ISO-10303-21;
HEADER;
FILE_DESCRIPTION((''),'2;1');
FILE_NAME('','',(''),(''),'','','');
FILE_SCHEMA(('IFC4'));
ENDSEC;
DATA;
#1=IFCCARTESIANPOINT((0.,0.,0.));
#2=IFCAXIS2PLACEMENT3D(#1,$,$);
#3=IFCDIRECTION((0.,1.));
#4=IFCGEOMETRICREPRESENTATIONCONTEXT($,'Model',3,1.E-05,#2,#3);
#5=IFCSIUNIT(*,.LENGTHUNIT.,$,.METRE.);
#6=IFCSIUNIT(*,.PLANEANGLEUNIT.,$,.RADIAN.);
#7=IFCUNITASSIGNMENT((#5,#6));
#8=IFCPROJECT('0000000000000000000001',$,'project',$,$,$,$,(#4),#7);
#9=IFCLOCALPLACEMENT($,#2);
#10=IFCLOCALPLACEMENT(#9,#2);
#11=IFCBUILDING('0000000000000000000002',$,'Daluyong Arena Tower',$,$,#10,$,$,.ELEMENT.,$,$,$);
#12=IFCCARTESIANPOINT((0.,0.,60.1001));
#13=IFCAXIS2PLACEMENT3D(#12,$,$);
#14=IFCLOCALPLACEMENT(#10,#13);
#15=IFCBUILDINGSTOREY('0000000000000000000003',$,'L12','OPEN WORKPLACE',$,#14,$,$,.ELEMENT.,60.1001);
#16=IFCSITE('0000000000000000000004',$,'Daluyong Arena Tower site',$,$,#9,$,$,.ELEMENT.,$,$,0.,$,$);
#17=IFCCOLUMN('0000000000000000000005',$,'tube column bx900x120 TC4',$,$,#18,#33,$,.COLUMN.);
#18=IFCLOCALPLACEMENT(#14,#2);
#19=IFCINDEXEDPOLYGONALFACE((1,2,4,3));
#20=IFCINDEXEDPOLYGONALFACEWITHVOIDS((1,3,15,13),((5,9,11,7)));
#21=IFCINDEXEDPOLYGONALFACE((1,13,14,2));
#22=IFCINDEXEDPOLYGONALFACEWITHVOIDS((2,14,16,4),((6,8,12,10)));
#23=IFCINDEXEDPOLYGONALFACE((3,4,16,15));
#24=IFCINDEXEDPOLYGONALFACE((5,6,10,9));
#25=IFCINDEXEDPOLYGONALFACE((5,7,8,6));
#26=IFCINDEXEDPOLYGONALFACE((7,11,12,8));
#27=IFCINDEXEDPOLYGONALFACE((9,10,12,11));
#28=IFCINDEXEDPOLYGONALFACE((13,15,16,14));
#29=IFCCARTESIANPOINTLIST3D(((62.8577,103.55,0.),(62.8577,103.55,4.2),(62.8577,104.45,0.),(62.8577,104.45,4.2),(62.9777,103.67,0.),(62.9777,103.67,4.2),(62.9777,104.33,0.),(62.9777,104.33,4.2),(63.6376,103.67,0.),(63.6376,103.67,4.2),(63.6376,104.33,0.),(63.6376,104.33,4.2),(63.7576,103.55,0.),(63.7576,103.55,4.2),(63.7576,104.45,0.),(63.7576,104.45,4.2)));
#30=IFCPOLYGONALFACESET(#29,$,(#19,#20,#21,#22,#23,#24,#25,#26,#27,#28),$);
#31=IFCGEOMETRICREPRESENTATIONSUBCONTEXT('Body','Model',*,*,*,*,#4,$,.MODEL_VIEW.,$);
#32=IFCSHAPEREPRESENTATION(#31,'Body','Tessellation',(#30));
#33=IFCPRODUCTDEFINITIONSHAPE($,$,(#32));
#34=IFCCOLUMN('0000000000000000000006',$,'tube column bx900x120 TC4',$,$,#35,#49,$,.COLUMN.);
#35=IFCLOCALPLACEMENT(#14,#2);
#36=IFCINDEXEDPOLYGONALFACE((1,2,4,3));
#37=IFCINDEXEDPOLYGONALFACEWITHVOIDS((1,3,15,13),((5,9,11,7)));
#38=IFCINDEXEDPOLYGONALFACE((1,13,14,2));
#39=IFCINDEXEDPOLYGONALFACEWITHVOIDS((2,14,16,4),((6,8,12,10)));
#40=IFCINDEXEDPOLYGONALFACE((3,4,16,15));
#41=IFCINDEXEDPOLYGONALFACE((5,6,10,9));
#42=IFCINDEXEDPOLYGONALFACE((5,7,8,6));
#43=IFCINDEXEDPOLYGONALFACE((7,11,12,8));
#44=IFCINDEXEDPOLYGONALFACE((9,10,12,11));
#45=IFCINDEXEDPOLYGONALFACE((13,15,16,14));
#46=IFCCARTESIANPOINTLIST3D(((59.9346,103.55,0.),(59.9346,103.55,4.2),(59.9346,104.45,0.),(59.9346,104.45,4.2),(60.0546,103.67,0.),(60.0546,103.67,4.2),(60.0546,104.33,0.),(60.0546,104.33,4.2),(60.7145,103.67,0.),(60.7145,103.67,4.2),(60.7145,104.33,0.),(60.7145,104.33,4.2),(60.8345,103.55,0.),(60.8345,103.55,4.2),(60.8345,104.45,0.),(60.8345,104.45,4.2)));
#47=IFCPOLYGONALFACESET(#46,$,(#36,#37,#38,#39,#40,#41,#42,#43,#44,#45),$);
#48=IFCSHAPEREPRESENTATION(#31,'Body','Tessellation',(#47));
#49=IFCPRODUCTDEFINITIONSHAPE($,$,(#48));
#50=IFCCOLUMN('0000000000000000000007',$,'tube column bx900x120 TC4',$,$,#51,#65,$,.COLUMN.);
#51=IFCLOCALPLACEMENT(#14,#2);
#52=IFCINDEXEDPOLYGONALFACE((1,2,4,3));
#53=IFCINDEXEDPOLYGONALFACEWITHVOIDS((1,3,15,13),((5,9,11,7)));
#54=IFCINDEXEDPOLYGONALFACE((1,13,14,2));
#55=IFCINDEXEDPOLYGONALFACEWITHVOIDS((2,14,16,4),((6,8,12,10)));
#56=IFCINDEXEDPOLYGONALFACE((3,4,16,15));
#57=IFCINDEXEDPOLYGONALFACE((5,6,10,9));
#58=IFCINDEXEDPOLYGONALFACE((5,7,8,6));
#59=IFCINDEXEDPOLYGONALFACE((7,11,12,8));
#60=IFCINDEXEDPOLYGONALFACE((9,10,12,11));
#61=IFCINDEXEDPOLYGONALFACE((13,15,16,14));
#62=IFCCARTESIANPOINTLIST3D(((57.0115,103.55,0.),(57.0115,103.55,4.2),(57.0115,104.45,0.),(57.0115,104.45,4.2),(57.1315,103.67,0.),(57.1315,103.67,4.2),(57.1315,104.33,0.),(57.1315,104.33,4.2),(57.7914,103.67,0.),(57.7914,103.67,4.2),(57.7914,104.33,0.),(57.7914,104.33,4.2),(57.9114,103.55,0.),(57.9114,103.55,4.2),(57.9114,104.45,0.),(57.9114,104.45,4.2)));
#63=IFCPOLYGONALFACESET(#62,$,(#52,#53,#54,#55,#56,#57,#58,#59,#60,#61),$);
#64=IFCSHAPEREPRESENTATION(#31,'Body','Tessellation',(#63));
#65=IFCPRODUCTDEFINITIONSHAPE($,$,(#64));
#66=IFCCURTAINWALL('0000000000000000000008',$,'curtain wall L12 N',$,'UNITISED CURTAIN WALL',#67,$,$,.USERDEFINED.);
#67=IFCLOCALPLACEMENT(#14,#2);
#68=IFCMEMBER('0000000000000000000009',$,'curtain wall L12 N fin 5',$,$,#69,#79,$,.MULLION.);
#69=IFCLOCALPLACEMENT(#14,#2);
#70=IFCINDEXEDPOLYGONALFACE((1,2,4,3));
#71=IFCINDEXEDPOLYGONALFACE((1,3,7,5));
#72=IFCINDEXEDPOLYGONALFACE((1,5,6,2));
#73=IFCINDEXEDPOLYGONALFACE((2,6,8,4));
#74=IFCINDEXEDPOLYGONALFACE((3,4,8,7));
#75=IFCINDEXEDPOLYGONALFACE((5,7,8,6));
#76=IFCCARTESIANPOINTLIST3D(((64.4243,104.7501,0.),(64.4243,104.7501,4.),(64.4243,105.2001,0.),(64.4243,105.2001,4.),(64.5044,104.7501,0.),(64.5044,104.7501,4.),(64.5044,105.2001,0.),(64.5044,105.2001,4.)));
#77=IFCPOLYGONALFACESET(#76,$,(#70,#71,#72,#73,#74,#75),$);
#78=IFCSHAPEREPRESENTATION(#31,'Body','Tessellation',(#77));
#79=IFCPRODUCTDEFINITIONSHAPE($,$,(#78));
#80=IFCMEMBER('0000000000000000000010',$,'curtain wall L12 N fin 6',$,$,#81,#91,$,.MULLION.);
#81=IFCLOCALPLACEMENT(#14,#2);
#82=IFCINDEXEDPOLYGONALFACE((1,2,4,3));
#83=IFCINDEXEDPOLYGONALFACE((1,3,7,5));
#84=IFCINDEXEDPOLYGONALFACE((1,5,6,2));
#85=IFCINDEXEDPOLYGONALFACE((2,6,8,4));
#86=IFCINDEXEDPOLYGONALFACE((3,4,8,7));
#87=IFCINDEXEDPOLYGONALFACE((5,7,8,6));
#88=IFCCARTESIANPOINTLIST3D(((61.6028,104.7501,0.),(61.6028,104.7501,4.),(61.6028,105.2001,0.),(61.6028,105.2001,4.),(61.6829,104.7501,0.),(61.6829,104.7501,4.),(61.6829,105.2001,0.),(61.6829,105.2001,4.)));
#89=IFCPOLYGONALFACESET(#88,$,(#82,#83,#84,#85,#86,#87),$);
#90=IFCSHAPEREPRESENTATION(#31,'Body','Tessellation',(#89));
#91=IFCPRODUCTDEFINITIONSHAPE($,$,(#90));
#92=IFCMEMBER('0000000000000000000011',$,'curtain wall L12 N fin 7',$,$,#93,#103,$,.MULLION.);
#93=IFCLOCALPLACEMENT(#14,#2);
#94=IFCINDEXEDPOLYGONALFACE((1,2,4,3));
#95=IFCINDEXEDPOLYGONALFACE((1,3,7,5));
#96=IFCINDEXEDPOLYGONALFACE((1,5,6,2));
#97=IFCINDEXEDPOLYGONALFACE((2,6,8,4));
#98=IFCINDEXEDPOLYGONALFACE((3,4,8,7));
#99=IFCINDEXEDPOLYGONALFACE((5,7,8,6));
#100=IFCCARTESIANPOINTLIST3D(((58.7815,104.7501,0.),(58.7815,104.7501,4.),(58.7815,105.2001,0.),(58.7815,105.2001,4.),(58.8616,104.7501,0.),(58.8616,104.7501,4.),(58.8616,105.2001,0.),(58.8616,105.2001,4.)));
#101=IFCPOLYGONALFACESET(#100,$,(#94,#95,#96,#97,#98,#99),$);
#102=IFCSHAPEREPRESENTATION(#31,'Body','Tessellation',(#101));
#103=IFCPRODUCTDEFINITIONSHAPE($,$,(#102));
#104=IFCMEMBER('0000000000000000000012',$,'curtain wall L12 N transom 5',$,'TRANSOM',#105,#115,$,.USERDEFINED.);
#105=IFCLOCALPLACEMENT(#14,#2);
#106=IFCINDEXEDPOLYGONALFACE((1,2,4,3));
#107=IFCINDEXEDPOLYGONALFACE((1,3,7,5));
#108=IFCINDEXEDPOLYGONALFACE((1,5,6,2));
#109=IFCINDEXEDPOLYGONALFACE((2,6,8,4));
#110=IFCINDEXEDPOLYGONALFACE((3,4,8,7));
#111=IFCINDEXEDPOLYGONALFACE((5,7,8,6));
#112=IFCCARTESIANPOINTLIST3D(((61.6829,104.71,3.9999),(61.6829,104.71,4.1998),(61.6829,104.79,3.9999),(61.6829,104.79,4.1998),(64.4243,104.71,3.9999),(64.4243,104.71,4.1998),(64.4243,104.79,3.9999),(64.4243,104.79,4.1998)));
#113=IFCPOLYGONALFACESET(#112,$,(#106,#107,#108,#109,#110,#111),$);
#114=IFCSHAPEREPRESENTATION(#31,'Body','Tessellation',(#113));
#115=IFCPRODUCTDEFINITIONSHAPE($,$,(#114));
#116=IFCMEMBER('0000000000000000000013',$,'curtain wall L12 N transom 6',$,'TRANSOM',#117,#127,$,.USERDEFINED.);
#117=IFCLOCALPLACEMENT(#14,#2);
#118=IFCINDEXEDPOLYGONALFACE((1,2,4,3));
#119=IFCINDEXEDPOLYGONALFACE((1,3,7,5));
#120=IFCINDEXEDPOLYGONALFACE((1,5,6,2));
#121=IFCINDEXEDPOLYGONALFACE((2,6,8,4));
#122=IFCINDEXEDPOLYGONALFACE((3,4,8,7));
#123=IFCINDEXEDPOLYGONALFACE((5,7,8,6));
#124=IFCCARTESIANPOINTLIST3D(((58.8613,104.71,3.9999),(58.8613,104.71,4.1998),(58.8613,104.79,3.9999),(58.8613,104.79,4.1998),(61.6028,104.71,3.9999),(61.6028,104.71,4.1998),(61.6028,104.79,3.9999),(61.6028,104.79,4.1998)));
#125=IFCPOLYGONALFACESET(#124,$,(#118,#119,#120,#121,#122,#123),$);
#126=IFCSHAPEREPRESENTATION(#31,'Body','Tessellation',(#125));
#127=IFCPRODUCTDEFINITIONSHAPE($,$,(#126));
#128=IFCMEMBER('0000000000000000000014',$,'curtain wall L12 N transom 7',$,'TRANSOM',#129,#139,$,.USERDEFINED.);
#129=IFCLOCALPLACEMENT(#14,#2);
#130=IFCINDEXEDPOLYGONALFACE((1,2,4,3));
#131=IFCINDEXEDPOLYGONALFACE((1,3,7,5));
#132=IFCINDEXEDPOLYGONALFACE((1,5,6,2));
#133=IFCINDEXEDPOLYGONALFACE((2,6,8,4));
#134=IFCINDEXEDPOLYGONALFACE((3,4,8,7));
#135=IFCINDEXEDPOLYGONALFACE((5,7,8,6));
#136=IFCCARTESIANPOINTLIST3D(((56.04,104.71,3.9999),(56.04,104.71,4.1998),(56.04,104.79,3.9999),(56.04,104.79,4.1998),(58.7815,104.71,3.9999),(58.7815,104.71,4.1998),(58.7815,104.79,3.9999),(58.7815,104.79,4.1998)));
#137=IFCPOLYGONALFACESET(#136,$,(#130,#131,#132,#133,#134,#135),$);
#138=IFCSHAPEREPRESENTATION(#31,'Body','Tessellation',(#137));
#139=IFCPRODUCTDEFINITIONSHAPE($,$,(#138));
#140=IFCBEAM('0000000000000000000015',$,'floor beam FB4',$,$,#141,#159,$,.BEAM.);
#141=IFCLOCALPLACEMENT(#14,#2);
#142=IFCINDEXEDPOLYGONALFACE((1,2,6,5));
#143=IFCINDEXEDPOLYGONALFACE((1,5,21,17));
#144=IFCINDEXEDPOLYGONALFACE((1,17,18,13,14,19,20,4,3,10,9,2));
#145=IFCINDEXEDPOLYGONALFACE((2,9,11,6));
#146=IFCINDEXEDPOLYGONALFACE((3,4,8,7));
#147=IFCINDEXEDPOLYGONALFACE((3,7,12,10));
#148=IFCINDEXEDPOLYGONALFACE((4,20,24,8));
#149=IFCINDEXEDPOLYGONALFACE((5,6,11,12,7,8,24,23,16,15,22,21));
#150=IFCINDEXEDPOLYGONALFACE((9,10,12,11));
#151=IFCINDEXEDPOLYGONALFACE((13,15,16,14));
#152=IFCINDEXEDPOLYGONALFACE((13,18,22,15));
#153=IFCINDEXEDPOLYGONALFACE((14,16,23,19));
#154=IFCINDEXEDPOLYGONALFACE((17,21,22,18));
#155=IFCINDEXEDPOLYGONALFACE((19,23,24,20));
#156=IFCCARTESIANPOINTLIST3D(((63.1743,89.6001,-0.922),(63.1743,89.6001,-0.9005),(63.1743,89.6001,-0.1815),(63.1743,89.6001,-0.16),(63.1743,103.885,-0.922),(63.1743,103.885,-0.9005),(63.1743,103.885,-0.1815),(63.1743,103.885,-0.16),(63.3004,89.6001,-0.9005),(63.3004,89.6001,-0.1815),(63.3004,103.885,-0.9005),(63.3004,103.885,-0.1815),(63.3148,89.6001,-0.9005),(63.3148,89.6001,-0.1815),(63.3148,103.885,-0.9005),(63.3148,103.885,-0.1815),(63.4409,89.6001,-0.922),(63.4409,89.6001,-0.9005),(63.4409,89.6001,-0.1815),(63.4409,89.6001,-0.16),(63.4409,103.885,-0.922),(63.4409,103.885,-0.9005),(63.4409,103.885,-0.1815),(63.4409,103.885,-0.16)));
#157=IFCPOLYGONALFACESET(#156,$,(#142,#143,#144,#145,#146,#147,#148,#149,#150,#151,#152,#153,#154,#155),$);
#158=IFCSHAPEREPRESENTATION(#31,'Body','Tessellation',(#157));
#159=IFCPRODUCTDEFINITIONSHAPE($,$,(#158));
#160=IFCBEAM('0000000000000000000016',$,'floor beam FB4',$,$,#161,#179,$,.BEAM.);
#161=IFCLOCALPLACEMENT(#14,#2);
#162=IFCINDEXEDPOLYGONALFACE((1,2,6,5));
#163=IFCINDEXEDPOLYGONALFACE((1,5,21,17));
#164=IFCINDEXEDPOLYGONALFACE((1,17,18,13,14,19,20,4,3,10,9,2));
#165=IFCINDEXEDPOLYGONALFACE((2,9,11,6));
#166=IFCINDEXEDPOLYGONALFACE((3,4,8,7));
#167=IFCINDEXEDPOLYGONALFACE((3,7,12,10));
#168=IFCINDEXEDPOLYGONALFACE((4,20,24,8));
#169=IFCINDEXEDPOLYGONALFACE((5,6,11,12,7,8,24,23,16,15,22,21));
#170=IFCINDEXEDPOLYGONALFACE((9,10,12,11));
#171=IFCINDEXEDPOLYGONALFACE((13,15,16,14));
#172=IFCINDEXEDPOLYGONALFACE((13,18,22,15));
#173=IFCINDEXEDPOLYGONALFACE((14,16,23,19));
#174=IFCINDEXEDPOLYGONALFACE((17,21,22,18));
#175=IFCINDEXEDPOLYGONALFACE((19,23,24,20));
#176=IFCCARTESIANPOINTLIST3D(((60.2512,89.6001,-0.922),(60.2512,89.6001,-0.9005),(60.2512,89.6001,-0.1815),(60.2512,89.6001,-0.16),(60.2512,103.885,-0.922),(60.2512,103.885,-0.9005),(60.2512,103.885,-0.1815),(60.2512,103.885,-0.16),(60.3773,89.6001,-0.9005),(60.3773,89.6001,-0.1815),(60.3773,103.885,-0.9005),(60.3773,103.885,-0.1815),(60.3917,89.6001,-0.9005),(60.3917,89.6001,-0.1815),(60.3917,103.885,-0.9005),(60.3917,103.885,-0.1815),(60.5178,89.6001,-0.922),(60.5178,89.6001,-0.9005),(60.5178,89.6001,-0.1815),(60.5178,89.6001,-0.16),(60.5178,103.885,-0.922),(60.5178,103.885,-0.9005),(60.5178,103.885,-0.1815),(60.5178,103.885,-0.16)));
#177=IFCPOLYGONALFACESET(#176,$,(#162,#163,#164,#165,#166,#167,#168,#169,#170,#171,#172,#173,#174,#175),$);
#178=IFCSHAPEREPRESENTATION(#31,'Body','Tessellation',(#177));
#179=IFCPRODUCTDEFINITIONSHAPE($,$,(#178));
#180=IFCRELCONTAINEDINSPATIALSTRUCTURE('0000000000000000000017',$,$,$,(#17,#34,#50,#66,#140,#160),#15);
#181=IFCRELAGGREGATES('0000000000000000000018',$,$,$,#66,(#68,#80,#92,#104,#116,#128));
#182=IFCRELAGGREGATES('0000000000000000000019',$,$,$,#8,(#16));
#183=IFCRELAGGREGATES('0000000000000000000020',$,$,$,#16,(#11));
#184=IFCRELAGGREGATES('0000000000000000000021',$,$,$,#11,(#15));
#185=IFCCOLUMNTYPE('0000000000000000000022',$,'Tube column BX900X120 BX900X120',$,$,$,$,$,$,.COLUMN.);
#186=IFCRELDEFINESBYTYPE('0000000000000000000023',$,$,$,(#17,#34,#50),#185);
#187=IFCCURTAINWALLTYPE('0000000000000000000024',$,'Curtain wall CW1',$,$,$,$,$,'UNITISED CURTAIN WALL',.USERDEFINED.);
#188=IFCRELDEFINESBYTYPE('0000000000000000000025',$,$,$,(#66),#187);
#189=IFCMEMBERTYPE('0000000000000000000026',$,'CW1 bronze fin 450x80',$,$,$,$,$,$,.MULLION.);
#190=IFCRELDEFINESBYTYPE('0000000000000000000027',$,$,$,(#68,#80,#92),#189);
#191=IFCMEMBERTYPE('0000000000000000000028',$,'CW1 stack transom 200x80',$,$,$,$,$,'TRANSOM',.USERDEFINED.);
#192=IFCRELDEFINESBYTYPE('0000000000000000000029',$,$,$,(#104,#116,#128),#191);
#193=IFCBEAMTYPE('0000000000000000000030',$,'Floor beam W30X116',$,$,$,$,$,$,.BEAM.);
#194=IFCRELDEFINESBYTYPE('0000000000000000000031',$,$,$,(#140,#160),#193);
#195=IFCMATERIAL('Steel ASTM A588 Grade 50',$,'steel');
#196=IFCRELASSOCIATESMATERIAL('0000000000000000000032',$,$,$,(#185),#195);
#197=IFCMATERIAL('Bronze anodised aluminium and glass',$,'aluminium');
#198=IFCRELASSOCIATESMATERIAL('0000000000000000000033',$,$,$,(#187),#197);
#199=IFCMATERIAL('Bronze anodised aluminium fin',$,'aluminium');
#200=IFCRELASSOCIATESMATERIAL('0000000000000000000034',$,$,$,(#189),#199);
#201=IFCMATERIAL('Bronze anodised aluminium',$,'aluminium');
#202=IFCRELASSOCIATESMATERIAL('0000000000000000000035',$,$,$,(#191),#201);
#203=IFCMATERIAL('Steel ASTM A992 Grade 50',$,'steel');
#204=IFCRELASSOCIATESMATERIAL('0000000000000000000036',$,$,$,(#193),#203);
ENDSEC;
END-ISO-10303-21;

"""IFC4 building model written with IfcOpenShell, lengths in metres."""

from ifc_helpers import new_model, si_unit, direction, frame, origin, origin_2d, place, context, subcontext, project, spatial, rectangle, hollow_rectangle, i_section, extrude, material, material_profile, profile_set, type_object, element, aggregate, save


model = new_model("IFC4")

# Units and contexts
model_context = context("Model", 3, precision=1e-05, world=origin(), true_north=direction((0.0, 1.0)))
body_context = subcontext(model_context, "Body", "Model", "MODEL_VIEW")
ifc_project = project(units=[si_unit("LENGTHUNIT", "METRE"), si_unit("PLANEANGLEUNIT", "RADIAN")], contexts=[model_context])

# Site, building, storey
site_placement = place(None, origin())
site = spatial("IfcSite", under=ifc_project, at=site_placement, Name="Daluyong Arena Tower site", CompositionType="ELEMENT", RefElevation=0.0)
building_placement = place(site_placement, origin())
building = spatial("IfcBuilding", under=site, at=building_placement, Name="Daluyong Arena Tower", CompositionType="ELEMENT")
storey_placement = place(building_placement, frame((0.0, 0.0, 60.1001)))
storey = spatial("IfcBuildingStorey", under=building, at=storey_placement, Name="L12", Description="OPEN WORKPLACE", CompositionType="ELEMENT", Elevation=60.1001)

# Columns
ifc_material_1 = material(Name="Steel ASTM A588 Grade 50", Category="steel")
ifc_material_profile_1 = material_profile(ifc_material_1, hollow_rectangle(XDim=0.8999, YDim=0.8999, WallThickness=0.12, at=origin_2d()))
ifc_profile_set_1 = profile_set([ifc_material_profile_1], Name="Steel ASTM A588 Grade 50")
column_type = type_object("IfcColumnType", Name="Tube column BX900X120 BX900X120", PredefinedType="COLUMN", material=ifc_profile_set_1)
for number, where, z_axis, x_axis, name in (
    (1, (63.3076, 104.0, 0.0), (0.0, 0.0, 1.0), (1.0, 0.0, 0.0), "tube column bx900x120 TC4"),
    (2, (60.3845, 104.0, 0.0), (0.0, 0.0, 1.0), (1.0, 0.0, 0.0), "tube column bx900x120 TC4"),
    (3, (57.4614, 104.0, 0.0), (0.0, 0.0, 1.0), (1.0, 0.0, 0.0), "tube column bx900x120 TC4"),
):
    element("IfcColumn", number, at=place(storey_placement, frame(where, z_axis=z_axis, x_axis=x_axis)), inside=storey, type_object=column_type, Name=name, PredefinedType="COLUMN", context=body_context, shape_type="SweptSolid", body=[
        extrude(hollow_rectangle(XDim=0.8999, YDim=0.8999, WallThickness=0.12, at=origin_2d()), origin(), (0.0, 0.0, 1.0), 4.2),
    ])

# Curtain wall, members
ifc_material_2 = material(Name="Bronze anodised aluminium and glass", Category="aluminium")
curtain_wall_type = type_object("IfcCurtainWallType", Name="Curtain wall CW1", ElementType="UNITISED CURTAIN WALL", PredefinedType="USERDEFINED", material=ifc_material_2)
curtain_wall_placement = place(storey_placement, origin())
curtain_wall = element("IfcCurtainWall", 4, at=curtain_wall_placement, inside=storey, type_object=curtain_wall_type, Name="curtain wall L12 N", ObjectType="UNITISED CURTAIN WALL", PredefinedType="USERDEFINED")
ifc_material_3 = material(Name="Bronze anodised aluminium fin", Category="aluminium")
ifc_material_profile_2 = material_profile(ifc_material_3, rectangle(XDim=0.45, YDim=0.0801, at=origin_2d()))
ifc_profile_set_2 = profile_set([ifc_material_profile_2], Name="Bronze anodised aluminium fin")
member_type_1 = type_object("IfcMemberType", Name="CW1 bronze fin 450x80", PredefinedType="MULLION", material=ifc_profile_set_2)
member_1_placement = place(storey_placement, frame((64.4644, 104.9751, 0.0), z_axis=(0.0, 0.0, 1.0), x_axis=(0.0, -1.0, 0.0)))
member_1 = element("IfcMember", 5, at=member_1_placement, type_object=member_type_1, Name="curtain wall L12 N fin 5", PredefinedType="MULLION", context=body_context, shape_type="SweptSolid", body=[
    extrude(rectangle(XDim=0.45, YDim=0.0801, at=origin_2d()), origin(), (0.0, 0.0, 1.0), 4.0),
])
member_2_placement = place(storey_placement, frame((61.6428, 104.9751, 0.0), z_axis=(0.0, 0.0, 1.0), x_axis=(0.0, -1.0, 0.0)))
member_2 = element("IfcMember", 6, at=member_2_placement, type_object=member_type_1, Name="curtain wall L12 N fin 6", PredefinedType="MULLION", context=body_context, shape_type="SweptSolid", body=[
    extrude(rectangle(XDim=0.45, YDim=0.0801, at=origin_2d()), origin(), (0.0, 0.0, 1.0), 4.0),
])
member_3_placement = place(storey_placement, frame((58.8215, 104.9751, 0.0), z_axis=(0.0, 0.0, 1.0), x_axis=(0.0, -1.0, 0.0)))
member_3 = element("IfcMember", 7, at=member_3_placement, type_object=member_type_1, Name="curtain wall L12 N fin 7", PredefinedType="MULLION", context=body_context, shape_type="SweptSolid", body=[
    extrude(rectangle(XDim=0.45, YDim=0.0801, at=origin_2d()), origin(), (0.0, 0.0, 1.0), 4.0),
])
ifc_material_4 = material(Name="Bronze anodised aluminium", Category="aluminium")
ifc_material_profile_3 = material_profile(ifc_material_4, rectangle(XDim=0.0801, YDim=0.2, at=origin_2d()))
ifc_profile_set_3 = profile_set([ifc_material_profile_3], Name="Bronze anodised aluminium")
member_type_2 = type_object("IfcMemberType", Name="CW1 stack transom 200x80", ElementType="TRANSOM", PredefinedType="USERDEFINED", material=ifc_profile_set_3)
member_4_placement = place(storey_placement, frame((64.4243, 104.75, 4.0999), z_axis=(-1.0, 0.0, 0.0), x_axis=(0.0, -1.0, 0.0)))
member_4 = element("IfcMember", 8, at=member_4_placement, type_object=member_type_2, Name="curtain wall L12 N transom 5", ObjectType="TRANSOM", PredefinedType="USERDEFINED", context=body_context, shape_type="SweptSolid", body=[
    extrude(rectangle(XDim=0.0801, YDim=0.2, at=origin_2d()), origin(), (0.0, 0.0, 1.0), 2.7415),
])
member_5_placement = place(storey_placement, frame((61.6028, 104.75, 4.0999), z_axis=(-1.0, 0.0, 0.0), x_axis=(0.0, -1.0, 0.0)))
member_5 = element("IfcMember", 9, at=member_5_placement, type_object=member_type_2, Name="curtain wall L12 N transom 6", ObjectType="TRANSOM", PredefinedType="USERDEFINED", context=body_context, shape_type="SweptSolid", body=[
    extrude(rectangle(XDim=0.0801, YDim=0.2, at=origin_2d()), origin(), (0.0, 0.0, 1.0), 2.7415),
])
member_6_placement = place(storey_placement, frame((58.7815, 104.75, 4.0999), z_axis=(-1.0, 0.0, 0.0), x_axis=(0.0, -1.0, 0.0)))
member_6 = element("IfcMember", 10, at=member_6_placement, type_object=member_type_2, Name="curtain wall L12 N transom 7", ObjectType="TRANSOM", PredefinedType="USERDEFINED", context=body_context, shape_type="SweptSolid", body=[
    extrude(rectangle(XDim=0.0801, YDim=0.2, at=origin_2d()), origin(), (0.0, 0.0, 1.0), 2.7415),
])

# Beams
ifc_material_5 = material(Name="Steel ASTM A992 Grade 50", Category="steel")
ifc_material_profile_4 = material_profile(ifc_material_5, i_section(OverallWidth=0.2666, OverallDepth=0.762, WebThickness=0.0144, FlangeThickness=0.0215, at=origin_2d()))
ifc_profile_set_4 = profile_set([ifc_material_profile_4], Name="Steel ASTM A992 Grade 50")
beam_type_1 = type_object("IfcBeamType", Name="Floor beam W30X116", PredefinedType="BEAM", material=ifc_profile_set_4)
for number, where, z_axis, x_axis, name in (
    (11, (63.3076, 103.885, -0.541), (0.0, -1.0, 0.0), (1.0, 0.0, 0.0), "floor beam FB4"),
    (12, (60.3845, 103.885, -0.541), (0.0, -1.0, 0.0), (1.0, 0.0, 0.0), "floor beam FB4"),
):
    element("IfcBeam", number, at=place(storey_placement, frame(where, z_axis=z_axis, x_axis=x_axis)), inside=storey, type_object=beam_type_1, Name=name, PredefinedType="BEAM", context=body_context, shape_type="SweptSolid", body=[
        extrude(i_section(OverallWidth=0.2666, OverallDepth=0.762, WebThickness=0.0144, FlangeThickness=0.0215, at=origin_2d()), origin(), (0.0, 0.0, 1.0), 14.2849),
    ])

aggregate(curtain_wall, [member_1, member_2, member_3, member_4, member_5, member_6])

save(model, "model.ifc")
